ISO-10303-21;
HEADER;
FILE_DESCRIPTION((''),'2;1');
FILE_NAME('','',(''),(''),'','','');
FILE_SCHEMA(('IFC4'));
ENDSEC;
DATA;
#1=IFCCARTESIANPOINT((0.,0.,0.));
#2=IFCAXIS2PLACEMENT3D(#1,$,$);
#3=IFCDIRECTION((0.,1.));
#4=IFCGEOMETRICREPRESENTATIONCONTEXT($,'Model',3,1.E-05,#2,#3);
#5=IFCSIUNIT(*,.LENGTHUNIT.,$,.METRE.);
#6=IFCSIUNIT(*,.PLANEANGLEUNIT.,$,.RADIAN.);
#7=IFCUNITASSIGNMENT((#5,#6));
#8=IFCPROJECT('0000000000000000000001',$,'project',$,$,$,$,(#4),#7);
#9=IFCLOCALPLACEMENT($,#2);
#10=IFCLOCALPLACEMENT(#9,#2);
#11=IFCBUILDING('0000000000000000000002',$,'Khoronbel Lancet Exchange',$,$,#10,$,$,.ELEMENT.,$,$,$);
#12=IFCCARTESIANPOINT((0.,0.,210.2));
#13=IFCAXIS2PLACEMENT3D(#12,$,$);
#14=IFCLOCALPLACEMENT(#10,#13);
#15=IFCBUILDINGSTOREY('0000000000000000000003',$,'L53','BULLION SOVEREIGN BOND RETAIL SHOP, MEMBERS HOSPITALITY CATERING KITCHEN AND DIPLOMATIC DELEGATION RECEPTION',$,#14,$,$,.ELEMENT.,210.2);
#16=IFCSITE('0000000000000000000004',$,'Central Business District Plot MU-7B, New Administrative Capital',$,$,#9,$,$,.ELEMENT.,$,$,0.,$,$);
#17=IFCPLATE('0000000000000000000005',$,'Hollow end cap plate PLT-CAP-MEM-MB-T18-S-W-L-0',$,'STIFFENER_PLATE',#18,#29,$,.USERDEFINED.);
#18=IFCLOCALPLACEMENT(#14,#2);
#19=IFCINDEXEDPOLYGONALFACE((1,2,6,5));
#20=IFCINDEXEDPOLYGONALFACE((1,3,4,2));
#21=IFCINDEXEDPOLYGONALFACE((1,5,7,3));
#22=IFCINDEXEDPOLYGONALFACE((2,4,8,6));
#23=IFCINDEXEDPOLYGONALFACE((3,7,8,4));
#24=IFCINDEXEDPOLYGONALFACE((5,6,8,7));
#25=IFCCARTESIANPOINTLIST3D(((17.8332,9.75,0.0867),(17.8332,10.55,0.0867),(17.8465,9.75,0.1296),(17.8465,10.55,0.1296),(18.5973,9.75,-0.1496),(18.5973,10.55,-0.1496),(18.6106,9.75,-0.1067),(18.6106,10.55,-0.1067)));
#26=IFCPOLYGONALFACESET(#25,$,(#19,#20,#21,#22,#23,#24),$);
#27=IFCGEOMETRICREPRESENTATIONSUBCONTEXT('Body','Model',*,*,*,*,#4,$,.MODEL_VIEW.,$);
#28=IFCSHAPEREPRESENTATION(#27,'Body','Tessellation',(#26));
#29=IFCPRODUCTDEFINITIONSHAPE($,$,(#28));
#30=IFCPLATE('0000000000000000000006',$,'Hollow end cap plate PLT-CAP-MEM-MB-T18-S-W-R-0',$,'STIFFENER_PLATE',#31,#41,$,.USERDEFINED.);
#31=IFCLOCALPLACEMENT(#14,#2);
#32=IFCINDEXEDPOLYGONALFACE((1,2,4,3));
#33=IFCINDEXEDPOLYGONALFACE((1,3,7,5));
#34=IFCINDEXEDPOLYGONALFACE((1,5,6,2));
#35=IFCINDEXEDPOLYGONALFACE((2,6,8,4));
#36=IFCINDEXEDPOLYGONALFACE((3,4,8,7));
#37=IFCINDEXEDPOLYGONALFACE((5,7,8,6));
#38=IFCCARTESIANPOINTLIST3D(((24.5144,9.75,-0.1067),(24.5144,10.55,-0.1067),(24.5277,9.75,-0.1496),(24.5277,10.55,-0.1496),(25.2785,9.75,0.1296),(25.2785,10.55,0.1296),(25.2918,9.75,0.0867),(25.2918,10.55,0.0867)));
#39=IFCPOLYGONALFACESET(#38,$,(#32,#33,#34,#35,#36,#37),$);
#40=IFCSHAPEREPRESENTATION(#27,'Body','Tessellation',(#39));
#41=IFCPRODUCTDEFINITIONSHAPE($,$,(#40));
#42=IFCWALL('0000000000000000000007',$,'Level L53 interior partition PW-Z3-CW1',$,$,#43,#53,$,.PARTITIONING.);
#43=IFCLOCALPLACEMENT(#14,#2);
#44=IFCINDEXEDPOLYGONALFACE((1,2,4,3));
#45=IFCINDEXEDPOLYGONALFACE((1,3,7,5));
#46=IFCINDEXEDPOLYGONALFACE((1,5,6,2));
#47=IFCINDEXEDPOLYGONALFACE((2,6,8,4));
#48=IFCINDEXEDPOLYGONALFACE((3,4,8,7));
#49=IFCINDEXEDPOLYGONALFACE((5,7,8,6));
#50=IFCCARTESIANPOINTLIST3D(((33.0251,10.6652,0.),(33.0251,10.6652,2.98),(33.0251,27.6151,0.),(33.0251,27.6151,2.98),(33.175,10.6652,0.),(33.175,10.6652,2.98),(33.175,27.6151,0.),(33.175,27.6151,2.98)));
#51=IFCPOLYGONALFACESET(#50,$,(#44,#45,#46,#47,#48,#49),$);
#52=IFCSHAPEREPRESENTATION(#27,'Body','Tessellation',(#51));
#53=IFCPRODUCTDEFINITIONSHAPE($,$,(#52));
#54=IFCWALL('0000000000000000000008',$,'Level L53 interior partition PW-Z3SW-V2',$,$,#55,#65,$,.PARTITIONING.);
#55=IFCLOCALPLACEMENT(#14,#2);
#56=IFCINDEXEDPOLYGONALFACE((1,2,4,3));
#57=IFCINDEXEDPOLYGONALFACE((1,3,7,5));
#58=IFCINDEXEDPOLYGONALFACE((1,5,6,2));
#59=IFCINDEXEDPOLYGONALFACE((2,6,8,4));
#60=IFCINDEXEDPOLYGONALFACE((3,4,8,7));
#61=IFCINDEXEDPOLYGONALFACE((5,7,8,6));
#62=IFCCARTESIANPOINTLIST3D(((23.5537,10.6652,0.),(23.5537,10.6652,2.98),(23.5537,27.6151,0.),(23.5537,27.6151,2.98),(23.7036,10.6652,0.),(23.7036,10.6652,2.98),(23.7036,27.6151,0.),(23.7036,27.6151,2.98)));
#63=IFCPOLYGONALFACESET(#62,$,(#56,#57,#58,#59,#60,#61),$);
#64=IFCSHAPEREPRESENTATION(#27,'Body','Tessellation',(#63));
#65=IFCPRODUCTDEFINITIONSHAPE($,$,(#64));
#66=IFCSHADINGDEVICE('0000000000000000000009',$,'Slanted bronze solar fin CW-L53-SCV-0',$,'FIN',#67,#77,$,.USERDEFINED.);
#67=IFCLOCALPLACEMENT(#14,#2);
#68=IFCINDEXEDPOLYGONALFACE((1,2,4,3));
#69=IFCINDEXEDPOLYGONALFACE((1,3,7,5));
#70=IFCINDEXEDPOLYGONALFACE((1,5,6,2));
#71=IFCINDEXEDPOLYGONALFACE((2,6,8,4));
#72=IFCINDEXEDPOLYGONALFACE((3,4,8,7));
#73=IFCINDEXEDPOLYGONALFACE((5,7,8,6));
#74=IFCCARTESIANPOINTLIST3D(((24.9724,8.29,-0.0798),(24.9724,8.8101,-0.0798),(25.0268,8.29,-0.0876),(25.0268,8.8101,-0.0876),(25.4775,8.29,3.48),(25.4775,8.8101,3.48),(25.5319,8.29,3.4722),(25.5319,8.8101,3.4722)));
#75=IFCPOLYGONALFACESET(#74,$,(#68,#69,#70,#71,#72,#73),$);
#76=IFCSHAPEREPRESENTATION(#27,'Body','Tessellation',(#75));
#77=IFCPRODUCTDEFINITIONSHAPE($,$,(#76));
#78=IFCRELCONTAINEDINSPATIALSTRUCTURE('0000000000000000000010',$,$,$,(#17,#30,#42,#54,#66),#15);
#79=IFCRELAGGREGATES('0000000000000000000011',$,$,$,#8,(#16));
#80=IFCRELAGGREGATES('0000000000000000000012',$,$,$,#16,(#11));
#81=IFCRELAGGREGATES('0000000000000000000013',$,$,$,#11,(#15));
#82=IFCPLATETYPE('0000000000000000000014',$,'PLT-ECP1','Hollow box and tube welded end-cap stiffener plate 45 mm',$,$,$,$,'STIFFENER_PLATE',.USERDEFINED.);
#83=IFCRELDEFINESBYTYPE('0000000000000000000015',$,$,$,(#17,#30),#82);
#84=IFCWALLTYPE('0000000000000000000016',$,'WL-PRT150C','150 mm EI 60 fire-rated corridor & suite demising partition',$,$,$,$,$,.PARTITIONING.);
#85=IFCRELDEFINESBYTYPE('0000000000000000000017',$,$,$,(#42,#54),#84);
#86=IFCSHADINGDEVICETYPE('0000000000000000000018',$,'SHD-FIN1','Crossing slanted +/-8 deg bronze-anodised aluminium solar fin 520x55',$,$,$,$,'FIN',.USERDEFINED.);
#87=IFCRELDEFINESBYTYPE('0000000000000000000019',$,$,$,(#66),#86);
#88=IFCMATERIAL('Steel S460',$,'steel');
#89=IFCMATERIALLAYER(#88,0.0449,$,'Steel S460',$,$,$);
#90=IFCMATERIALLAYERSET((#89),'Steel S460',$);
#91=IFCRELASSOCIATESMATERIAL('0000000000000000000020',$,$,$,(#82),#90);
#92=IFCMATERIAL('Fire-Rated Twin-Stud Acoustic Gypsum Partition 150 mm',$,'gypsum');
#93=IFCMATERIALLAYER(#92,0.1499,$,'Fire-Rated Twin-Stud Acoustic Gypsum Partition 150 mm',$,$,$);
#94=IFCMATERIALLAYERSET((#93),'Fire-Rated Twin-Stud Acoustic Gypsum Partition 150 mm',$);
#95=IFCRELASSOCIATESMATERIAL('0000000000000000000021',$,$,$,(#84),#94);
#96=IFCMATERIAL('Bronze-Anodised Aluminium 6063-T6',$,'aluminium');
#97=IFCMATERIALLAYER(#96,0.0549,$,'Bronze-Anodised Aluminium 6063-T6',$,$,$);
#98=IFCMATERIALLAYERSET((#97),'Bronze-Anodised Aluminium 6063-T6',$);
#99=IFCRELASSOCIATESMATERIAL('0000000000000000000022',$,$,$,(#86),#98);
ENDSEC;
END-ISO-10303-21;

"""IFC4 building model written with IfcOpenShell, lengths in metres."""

from ifc_helpers import new_model, si_unit, direction, frame, frame_2d, origin, place, context, subcontext, project, spatial, polyline, rectangle, outline, extrude, material, layer, layer_set, type_object, element, save


model = new_model("IFC4")

# Units and contexts
model_context = context("Model", 3, precision=1e-05, world=origin(), true_north=direction((0.0, 1.0)))
body_context = subcontext(model_context, "Body", "Model", "MODEL_VIEW")
ifc_project = project(units=[si_unit("LENGTHUNIT", "METRE"), si_unit("PLANEANGLEUNIT", "RADIAN")], contexts=[model_context])

# Site, building, storey
site_placement = place(None, origin())
site = spatial("IfcSite", under=ifc_project, at=site_placement, Name="Central Business District Plot MU-7B, New Administrative Capital", CompositionType="ELEMENT", RefElevation=0.0)
building_placement = place(site_placement, origin())
building = spatial("IfcBuilding", under=site, at=building_placement, Name="Khoronbel Lancet Exchange", CompositionType="ELEMENT")
storey_placement = place(building_placement, frame((0.0, 0.0, 210.2)))
storey = spatial("IfcBuildingStorey", under=building, at=storey_placement, Name="L53", Description="BULLION SOVEREIGN BOND RETAIL SHOP, MEMBERS HOSPITALITY CATERING KITCHEN AND DIPLOMATIC DELEGATION RECEPTION", CompositionType="ELEMENT", Elevation=210.2)

# Shared definitions
ifc_material_1 = material(Name="Steel S460", Category="steel")

# Shared definitions
ifc_material_2 = material(Name="Bronze-Anodised Aluminium 6063-T6", Category="aluminium")

# Plates
ifc_layer_1 = layer(ifc_material_1, 0.0449, Name="Steel S460")
ifc_layer_set_1 = layer_set([ifc_layer_1], Name="Steel S460")
plate_type_1 = type_object("IfcPlateType", Name="PLT-ECP1", Description="Hollow box and tube welded end-cap stiffener plate 45 mm", ElementType="STIFFENER_PLATE", PredefinedType="USERDEFINED", material=ifc_layer_set_1)
for number, where, z_axis, x_axis, name in (
    (1, (18.6106, 9.75, -0.1067), (0.295458, 0.0, 0.955356), (0.0, 1.0, 0.0), "Hollow end cap plate PLT-CAP-MEM-MB-T18-S-W-L-0"),
    (2, (24.5144, 10.55, -0.1067), (-0.295458, 0.0, 0.955356), (0.0, -1.0, 0.0), "Hollow end cap plate PLT-CAP-MEM-MB-T18-S-W-R-0"),
):
    element("IfcPlate", number, at=place(storey_placement, frame(where, z_axis=z_axis, x_axis=x_axis)), inside=storey, type_object=plate_type_1, Name=name, ObjectType="STIFFENER_PLATE", PredefinedType="USERDEFINED", context=body_context, shape_type="SweptSolid", body=[
        extrude(outline(polyline([(0.0, 0.0), (0.8, 0.0), (0.8, 0.7998), (0.0, 0.7998), (0.0, 0.0)])), origin(), (0.0, 0.0, -1.0), 0.0449),
    ])

# Walls
ifc_material_3 = material(Name="Fire-Rated Twin-Stud Acoustic Gypsum Partition 150 mm", Category="gypsum")
ifc_layer_2 = layer(ifc_material_3, 0.1499, Name="Fire-Rated Twin-Stud Acoustic Gypsum Partition 150 mm")
ifc_layer_set_2 = layer_set([ifc_layer_2], Name="Fire-Rated Twin-Stud Acoustic Gypsum Partition 150 mm")
wall_type = type_object("IfcWallType", Name="WL-PRT150C", Description="150 mm EI 60 fire-rated corridor & suite demising partition", PredefinedType="PARTITIONING", material=ifc_layer_set_2)
for number, where, z_axis, x_axis, name in (
    (3, (33.1001, 10.665, 0.0), (0.0, 0.0, 1.0), (0.0, 1.0, 0.0), "Level L53 interior partition PW-Z3-CW1"),
    (4, (23.6287, 10.665, 0.0), (0.0, 0.0, 1.0), (0.0, 1.0, 0.0), "Level L53 interior partition PW-Z3SW-V2"),
):
    element("IfcWall", number, at=place(storey_placement, frame(where, z_axis=z_axis, x_axis=x_axis)), inside=storey, type_object=wall_type, Name=name, PredefinedType="PARTITIONING", context=body_context, shape_type="SweptSolid", body=[
        extrude(rectangle(XDim=16.95, YDim=0.1499, at=frame_2d((8.4751, 0.0))), origin(), (0.0, 0.0, 1.0), 2.98),
    ])

# Shading device
ifc_layer_3 = layer(ifc_material_2, 0.0549, Name="Bronze-Anodised Aluminium 6063-T6")
ifc_layer_set_3 = layer_set([ifc_layer_3], Name="Bronze-Anodised Aluminium 6063-T6")
shading_device_type = type_object("IfcShadingDeviceType", Name="SHD-FIN1", Description="Crossing slanted +/-8 deg bronze-anodised aluminium solar fin 520x55", ElementType="FIN", PredefinedType="USERDEFINED", material=ifc_layer_set_3)
shading_device_placement = place(storey_placement, frame((24.9724, 8.8101, -0.0798), z_axis=(-0.990082, 0.0, 0.14049), x_axis=(0.0, -1.0, 0.0)))
element("IfcShadingDevice", 5, at=shading_device_placement, inside=storey, type_object=shading_device_type, Name="Slanted bronze solar fin CW-L53-SCV-0", ObjectType="FIN", PredefinedType="USERDEFINED", context=body_context, shape_type="SweptSolid", body=[
    extrude(outline(polyline([(0.0, 0.0), (0.52, 0.0), (0.52, 3.5955), (0.0, 3.5955), (0.0, 0.0)])), origin(), (0.0, 0.0, -1.0), 0.0549),
])

save(model, "model.ifc")
